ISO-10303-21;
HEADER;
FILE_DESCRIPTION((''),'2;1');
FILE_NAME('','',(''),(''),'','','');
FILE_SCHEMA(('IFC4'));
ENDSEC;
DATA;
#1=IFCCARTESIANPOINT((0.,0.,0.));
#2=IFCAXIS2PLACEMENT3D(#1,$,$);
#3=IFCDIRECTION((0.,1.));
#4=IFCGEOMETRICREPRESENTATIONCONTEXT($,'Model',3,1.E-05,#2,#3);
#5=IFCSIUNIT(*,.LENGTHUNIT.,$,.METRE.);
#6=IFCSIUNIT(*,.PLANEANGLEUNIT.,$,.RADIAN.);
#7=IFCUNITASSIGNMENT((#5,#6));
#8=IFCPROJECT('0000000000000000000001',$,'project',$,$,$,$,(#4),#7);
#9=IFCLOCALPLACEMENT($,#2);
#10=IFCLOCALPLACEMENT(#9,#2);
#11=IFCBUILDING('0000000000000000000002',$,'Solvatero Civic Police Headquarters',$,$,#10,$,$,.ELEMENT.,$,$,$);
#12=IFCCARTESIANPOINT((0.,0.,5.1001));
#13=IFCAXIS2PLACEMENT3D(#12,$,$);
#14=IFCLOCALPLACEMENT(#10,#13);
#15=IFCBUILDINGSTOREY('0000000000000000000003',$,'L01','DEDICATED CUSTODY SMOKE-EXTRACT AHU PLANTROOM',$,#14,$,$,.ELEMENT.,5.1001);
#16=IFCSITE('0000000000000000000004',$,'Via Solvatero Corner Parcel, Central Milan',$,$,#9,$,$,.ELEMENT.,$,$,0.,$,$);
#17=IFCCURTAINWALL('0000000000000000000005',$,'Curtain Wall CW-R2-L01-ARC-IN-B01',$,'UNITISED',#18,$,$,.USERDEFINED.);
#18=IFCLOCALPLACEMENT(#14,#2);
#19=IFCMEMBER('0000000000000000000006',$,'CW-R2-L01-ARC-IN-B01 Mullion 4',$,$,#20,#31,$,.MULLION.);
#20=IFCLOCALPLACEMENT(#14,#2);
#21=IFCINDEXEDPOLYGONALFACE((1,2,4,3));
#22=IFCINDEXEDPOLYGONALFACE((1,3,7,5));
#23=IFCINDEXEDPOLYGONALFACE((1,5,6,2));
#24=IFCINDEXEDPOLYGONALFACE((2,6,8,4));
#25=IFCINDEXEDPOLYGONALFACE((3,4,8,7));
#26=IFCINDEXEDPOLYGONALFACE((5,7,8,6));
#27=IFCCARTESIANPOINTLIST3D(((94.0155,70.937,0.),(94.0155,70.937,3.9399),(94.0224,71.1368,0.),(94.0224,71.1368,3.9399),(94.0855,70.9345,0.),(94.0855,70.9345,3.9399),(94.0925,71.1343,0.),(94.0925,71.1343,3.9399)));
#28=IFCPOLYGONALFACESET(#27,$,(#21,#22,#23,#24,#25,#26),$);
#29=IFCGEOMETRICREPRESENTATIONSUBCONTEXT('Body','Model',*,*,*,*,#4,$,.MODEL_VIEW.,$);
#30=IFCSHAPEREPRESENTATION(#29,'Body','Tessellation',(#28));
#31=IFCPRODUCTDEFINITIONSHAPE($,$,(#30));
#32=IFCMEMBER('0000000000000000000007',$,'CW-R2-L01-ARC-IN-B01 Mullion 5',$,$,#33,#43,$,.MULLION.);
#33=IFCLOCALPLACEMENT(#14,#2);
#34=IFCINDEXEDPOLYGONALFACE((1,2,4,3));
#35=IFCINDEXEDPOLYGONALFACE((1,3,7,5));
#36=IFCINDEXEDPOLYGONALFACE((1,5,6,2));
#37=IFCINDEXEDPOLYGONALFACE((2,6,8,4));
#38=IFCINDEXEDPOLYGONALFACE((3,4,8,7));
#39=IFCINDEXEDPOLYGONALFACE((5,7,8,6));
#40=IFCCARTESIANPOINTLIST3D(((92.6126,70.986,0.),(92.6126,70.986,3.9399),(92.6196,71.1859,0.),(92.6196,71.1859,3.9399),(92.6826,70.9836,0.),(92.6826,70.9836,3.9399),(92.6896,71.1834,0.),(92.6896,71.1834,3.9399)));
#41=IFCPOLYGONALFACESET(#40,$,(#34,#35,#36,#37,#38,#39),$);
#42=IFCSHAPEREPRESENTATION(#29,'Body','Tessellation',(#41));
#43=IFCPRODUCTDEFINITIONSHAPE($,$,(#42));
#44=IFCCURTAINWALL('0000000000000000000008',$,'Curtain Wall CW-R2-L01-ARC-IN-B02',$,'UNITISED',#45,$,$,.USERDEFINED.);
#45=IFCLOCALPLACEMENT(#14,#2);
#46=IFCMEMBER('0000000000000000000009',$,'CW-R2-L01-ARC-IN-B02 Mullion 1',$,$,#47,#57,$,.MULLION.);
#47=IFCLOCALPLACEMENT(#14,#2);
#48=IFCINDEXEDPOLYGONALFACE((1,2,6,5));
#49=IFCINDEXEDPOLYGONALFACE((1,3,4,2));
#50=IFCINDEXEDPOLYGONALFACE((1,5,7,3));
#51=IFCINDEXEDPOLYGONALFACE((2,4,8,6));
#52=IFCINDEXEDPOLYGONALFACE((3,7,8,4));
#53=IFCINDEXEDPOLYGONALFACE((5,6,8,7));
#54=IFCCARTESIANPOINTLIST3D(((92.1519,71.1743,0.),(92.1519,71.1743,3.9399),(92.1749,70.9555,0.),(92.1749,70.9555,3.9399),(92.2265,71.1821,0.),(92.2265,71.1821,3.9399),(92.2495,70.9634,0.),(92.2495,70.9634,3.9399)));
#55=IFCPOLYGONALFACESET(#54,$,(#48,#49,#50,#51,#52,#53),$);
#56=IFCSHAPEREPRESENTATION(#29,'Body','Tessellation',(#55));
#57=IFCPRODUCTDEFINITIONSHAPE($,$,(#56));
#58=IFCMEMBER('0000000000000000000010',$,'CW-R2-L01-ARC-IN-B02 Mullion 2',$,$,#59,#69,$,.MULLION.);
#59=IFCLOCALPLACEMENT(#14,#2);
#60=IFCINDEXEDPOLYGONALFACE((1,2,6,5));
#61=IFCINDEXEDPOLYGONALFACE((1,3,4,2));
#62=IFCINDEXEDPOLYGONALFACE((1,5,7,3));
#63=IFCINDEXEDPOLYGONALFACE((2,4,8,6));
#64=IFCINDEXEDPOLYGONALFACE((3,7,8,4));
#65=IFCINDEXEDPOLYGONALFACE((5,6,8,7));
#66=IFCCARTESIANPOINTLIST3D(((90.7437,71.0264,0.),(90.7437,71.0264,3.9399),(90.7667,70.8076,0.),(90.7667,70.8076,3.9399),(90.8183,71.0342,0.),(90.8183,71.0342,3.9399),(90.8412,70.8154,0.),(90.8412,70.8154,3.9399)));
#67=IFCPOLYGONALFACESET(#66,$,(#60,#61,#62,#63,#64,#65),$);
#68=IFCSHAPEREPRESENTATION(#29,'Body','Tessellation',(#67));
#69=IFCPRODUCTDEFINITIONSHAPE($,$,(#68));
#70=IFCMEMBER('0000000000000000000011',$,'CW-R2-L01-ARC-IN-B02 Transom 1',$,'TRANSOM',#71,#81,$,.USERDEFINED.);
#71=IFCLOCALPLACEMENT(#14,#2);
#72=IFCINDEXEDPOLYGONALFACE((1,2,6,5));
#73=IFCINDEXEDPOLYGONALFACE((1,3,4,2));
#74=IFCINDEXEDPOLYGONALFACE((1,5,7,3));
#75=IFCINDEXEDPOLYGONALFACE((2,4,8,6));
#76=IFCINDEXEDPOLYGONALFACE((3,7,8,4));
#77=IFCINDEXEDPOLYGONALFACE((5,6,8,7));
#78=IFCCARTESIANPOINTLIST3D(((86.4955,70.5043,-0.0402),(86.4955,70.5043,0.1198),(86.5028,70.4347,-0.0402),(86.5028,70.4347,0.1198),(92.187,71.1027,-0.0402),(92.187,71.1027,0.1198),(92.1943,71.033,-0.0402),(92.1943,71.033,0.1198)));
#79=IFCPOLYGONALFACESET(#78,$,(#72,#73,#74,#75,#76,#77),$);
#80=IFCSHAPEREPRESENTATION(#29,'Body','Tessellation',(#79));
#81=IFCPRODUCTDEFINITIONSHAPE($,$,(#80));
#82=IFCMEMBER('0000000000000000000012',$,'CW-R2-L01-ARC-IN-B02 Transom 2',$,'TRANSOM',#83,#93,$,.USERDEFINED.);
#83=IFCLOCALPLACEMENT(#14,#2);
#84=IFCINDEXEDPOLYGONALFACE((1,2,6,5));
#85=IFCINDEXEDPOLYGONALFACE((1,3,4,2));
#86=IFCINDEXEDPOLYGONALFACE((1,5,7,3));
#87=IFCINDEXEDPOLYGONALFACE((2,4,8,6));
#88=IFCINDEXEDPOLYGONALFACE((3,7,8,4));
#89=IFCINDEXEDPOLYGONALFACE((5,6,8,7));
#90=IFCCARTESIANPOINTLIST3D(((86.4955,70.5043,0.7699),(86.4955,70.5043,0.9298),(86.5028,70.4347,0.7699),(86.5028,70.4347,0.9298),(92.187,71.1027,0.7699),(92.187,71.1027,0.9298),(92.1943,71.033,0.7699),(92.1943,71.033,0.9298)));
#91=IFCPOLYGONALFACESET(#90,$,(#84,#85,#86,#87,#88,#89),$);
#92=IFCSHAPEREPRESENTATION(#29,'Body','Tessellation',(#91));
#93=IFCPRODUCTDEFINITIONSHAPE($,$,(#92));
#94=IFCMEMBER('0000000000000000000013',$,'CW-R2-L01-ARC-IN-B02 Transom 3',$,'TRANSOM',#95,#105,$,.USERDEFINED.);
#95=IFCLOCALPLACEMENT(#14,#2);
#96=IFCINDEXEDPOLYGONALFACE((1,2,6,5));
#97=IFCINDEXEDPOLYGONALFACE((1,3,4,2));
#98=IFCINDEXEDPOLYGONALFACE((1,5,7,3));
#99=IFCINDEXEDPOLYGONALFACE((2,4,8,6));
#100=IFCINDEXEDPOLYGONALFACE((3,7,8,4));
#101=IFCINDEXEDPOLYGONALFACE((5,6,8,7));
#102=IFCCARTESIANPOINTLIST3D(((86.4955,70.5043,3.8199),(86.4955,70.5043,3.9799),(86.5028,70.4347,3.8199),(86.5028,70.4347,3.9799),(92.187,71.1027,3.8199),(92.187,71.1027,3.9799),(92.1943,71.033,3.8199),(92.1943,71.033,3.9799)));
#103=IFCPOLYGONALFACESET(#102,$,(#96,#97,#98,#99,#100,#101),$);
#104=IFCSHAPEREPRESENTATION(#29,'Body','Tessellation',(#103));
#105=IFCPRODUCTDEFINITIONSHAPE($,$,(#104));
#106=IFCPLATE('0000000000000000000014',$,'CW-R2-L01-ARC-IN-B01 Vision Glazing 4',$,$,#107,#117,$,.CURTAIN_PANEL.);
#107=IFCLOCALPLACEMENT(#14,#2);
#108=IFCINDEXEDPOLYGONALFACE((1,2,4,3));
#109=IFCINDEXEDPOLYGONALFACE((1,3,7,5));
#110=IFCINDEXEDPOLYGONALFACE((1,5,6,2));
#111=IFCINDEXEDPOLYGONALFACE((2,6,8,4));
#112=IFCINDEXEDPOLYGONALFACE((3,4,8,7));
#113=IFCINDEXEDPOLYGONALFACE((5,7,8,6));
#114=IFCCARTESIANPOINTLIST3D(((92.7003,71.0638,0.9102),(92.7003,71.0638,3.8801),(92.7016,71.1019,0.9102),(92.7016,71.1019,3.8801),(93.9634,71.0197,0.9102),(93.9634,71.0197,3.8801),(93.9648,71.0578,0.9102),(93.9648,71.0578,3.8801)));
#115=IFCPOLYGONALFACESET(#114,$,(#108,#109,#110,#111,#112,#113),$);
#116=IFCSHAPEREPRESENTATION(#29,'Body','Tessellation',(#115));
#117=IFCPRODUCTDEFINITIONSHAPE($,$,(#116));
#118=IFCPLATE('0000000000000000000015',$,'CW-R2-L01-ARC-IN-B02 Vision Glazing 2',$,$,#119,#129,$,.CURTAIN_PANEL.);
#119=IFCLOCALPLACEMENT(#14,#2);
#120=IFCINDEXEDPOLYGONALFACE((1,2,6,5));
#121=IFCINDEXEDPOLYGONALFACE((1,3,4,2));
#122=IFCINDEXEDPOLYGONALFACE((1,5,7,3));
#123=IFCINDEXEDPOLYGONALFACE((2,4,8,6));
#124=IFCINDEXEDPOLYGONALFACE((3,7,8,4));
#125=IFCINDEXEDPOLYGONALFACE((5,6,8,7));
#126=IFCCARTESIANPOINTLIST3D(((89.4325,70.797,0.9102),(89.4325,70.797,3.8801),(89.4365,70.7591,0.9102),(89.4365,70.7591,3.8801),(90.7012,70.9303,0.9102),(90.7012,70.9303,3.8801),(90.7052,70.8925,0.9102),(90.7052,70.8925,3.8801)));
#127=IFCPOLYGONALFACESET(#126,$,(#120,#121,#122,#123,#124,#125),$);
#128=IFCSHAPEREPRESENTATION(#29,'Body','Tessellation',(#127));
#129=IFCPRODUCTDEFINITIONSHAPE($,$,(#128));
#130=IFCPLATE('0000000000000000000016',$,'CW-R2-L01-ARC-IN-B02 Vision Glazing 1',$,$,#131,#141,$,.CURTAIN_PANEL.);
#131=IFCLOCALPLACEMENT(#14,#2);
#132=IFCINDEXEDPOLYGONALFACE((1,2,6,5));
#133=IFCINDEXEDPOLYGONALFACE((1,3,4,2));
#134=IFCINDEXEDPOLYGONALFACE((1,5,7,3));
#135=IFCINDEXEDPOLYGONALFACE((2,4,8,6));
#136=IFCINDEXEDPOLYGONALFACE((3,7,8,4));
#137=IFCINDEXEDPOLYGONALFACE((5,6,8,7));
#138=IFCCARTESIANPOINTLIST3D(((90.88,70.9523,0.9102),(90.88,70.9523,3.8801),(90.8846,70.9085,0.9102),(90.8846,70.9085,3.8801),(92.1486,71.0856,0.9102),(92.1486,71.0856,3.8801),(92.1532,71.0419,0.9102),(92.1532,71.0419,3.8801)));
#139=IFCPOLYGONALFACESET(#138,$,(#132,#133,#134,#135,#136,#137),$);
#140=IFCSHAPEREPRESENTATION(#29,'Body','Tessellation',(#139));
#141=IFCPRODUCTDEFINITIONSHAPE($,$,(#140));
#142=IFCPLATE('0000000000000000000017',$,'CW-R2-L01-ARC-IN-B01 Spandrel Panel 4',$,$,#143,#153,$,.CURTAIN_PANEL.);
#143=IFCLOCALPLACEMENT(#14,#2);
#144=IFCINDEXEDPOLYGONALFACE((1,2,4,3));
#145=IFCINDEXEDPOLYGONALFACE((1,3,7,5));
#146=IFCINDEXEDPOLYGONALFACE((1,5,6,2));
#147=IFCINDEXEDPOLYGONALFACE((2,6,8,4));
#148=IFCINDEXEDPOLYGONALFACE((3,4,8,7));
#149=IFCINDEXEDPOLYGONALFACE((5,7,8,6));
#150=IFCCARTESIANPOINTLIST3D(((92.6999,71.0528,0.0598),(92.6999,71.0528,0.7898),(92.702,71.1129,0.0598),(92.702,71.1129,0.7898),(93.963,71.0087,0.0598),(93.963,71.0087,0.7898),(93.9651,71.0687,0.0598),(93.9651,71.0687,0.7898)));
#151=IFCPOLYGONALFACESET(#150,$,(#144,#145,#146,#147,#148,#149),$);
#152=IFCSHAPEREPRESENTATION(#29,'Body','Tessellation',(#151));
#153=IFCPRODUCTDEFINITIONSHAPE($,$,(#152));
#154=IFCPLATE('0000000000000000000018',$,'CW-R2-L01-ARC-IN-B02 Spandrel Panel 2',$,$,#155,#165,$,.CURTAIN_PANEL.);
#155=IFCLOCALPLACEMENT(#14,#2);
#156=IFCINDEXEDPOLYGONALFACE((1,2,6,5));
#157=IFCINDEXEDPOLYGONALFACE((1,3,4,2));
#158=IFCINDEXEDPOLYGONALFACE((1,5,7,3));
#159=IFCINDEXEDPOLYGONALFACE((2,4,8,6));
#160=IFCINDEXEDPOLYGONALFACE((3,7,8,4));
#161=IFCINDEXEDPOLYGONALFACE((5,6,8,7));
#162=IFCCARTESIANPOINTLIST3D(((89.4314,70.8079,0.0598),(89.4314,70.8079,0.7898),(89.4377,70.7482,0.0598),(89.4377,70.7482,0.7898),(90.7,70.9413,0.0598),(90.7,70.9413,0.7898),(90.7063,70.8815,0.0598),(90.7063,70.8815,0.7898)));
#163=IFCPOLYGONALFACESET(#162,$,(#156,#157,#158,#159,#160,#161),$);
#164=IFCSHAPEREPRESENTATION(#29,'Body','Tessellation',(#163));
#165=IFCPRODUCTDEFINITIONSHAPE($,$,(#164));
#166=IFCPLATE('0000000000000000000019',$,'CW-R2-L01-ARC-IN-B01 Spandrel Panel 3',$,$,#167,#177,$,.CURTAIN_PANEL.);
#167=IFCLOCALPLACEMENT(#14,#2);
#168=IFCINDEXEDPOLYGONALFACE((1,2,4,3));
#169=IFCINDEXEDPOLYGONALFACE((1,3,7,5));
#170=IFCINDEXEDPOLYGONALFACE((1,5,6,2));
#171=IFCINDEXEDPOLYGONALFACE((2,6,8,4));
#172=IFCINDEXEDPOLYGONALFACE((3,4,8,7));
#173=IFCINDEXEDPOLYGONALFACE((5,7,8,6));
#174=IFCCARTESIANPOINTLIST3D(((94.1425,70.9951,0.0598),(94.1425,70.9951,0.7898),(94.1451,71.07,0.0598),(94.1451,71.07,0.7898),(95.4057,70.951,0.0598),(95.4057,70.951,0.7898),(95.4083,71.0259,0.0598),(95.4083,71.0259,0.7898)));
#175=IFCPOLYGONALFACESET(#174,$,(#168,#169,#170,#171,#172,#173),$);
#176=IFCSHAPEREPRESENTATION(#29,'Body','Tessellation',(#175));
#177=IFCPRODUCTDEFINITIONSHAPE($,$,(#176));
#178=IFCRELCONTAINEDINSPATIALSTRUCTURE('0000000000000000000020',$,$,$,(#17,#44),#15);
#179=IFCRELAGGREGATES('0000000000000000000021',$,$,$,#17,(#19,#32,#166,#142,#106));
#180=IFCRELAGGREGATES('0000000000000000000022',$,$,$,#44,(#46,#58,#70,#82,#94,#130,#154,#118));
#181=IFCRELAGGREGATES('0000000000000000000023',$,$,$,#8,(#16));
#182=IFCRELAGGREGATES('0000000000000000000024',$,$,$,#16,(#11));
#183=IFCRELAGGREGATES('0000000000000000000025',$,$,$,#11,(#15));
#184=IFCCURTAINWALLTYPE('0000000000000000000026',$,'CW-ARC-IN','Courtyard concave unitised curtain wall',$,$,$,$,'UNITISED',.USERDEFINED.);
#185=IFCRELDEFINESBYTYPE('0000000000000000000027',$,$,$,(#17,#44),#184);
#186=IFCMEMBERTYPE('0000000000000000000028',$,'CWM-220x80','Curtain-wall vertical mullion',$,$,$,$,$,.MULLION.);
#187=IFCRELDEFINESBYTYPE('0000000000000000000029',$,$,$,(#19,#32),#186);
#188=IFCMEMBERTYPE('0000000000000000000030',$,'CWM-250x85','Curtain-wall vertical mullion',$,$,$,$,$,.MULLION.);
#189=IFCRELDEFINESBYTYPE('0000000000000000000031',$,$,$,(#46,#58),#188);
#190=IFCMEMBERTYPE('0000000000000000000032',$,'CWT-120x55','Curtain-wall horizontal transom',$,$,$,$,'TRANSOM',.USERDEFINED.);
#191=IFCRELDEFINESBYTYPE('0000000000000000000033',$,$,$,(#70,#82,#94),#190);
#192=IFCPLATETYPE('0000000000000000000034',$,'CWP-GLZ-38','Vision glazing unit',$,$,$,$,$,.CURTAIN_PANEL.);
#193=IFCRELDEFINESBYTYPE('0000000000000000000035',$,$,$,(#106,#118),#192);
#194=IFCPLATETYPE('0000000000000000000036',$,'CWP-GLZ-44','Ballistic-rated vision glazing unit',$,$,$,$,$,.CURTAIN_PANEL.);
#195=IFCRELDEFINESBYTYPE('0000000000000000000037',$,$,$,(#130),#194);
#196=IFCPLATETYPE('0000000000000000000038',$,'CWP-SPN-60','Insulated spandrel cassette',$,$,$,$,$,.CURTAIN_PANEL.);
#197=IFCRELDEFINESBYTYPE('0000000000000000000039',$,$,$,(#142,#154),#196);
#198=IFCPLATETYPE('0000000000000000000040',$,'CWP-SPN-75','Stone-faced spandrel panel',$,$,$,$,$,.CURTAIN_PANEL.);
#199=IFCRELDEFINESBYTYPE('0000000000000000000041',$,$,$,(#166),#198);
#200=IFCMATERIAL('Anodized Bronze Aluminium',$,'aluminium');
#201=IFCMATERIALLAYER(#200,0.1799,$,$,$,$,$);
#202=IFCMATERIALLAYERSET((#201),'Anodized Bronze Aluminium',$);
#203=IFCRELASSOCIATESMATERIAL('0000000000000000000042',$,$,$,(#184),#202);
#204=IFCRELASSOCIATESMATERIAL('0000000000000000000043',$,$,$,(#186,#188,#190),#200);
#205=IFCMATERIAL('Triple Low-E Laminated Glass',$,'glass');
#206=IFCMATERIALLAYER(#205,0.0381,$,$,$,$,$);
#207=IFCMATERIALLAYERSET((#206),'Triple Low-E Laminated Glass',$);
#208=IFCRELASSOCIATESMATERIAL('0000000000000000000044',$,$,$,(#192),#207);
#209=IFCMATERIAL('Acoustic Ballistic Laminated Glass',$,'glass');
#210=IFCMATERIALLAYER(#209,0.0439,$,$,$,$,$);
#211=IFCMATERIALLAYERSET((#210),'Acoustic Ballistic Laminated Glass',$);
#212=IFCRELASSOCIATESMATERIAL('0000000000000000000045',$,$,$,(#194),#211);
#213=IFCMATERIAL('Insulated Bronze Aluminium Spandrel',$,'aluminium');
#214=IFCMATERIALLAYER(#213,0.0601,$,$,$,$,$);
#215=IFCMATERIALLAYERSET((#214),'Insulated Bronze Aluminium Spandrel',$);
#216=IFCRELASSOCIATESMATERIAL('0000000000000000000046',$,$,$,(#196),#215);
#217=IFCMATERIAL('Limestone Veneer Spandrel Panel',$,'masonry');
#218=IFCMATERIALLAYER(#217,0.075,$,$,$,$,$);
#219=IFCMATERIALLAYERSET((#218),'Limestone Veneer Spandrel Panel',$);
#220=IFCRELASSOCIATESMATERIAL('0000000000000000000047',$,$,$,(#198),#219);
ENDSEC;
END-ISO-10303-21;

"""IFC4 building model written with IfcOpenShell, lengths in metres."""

from ifc_helpers import new_model, si_unit, direction, frame, origin, origin_2d, place, context, subcontext, project, spatial, rectangle, extrude, material, layer, layer_set, material_profile, profile_set, type_object, element, aggregate, save


model = new_model("IFC4")

# Units and contexts
model_context = context("Model", 3, precision=1e-05, world=origin(), true_north=direction((0.0, 1.0)))
body_context = subcontext(model_context, "Body", "Model", "MODEL_VIEW")
ifc_project = project(units=[si_unit("LENGTHUNIT", "METRE"), si_unit("PLANEANGLEUNIT", "RADIAN")], contexts=[model_context])

# Site, building, storey
site_placement = place(None, origin())
site = spatial("IfcSite", under=ifc_project, at=site_placement, Name="Via Solvatero Corner Parcel, Central Milan", CompositionType="ELEMENT", RefElevation=0.0)
building_placement = place(site_placement, origin())
building = spatial("IfcBuilding", under=site, at=building_placement, Name="Solvatero Civic Police Headquarters", CompositionType="ELEMENT")
storey_placement = place(building_placement, frame((0.0, 0.0, 5.1001)))
storey = spatial("IfcBuildingStorey", under=building, at=storey_placement, Name="L01", Description="DEDICATED CUSTODY SMOKE-EXTRACT AHU PLANTROOM", CompositionType="ELEMENT", Elevation=5.1001)

# Curtain walls, members
ifc_material_1 = material(Name="Anodized Bronze Aluminium", Category="aluminium")
ifc_layer_1 = layer(ifc_material_1, 0.1799)
ifc_layer_set_1 = layer_set([ifc_layer_1], Name="Anodized Bronze Aluminium")
curtain_wall_type = type_object("IfcCurtainWallType", Name="CW-ARC-IN", Description="Courtyard concave unitised curtain wall", ElementType="UNITISED", PredefinedType="USERDEFINED", material=ifc_layer_set_1)
curtain_wall_1_placement = place(storey_placement, origin())
curtain_wall_1 = element("IfcCurtainWall", 1, at=curtain_wall_1_placement, inside=storey, type_object=curtain_wall_type, Name="Curtain Wall CW-R2-L01-ARC-IN-B01", ObjectType="UNITISED", PredefinedType="USERDEFINED")
ifc_material_profile_1 = material_profile(ifc_material_1, rectangle(XDim=0.0701, YDim=0.2, at=origin_2d()), Name="ALU MULLION 70x200")
ifc_profile_set_1 = profile_set([ifc_material_profile_1], Name="Anodized Bronze Aluminium")
member_type_1 = type_object("IfcMemberType", Name="CWM-220x80", Description="Curtain-wall vertical mullion", PredefinedType="MULLION", material=ifc_profile_set_1)
member_1_placement = place(storey_placement, frame((94.054, 71.0356, 0.0), z_axis=(0.0, 0.0, 1.0), x_axis=(-0.999391, 0.034899, 0.0)))
member_1 = element("IfcMember", 2, at=member_1_placement, type_object=member_type_1, Name="CW-R2-L01-ARC-IN-B01 Mullion 4", PredefinedType="MULLION", context=body_context, shape_type="SweptSolid", body=[
    extrude(rectangle(XDim=0.0701, YDim=0.2, at=origin_2d()), origin(), (0.0, 0.0, 1.0), 3.9399),
])
member_2_placement = place(storey_placement, frame((92.6511, 71.0847, 0.0), z_axis=(0.0, 0.0, 1.0), x_axis=(-0.999391, 0.034899, 0.0)))
member_2 = element("IfcMember", 3, at=member_2_placement, type_object=member_type_1, Name="CW-R2-L01-ARC-IN-B01 Mullion 5", PredefinedType="MULLION", context=body_context, shape_type="SweptSolid", body=[
    extrude(rectangle(XDim=0.0701, YDim=0.2, at=origin_2d()), origin(), (0.0, 0.0, 1.0), 3.9399),
])
curtain_wall_2_placement = place(storey_placement, origin())
curtain_wall_2 = element("IfcCurtainWall", 4, at=curtain_wall_2_placement, inside=storey, type_object=curtain_wall_type, Name="Curtain Wall CW-R2-L01-ARC-IN-B02", ObjectType="UNITISED", PredefinedType="USERDEFINED")
ifc_material_profile_2 = material_profile(ifc_material_1, rectangle(XDim=0.075, YDim=0.22, at=origin_2d()), Name="ALU MULLION 75x220")
ifc_profile_set_2 = profile_set([ifc_material_profile_2], Name="Anodized Bronze Aluminium")
member_type_2 = type_object("IfcMemberType", Name="CWM-250x85", Description="Curtain-wall vertical mullion", PredefinedType="MULLION", material=ifc_profile_set_2)
member_3_placement = place(storey_placement, frame((92.2007, 71.0688, 0.0), z_axis=(0.0, 0.0, 1.0), x_axis=(-0.994522, -0.104528, 0.0)))
member_3 = element("IfcMember", 5, at=member_3_placement, type_object=member_type_2, Name="CW-R2-L01-ARC-IN-B02 Mullion 1", PredefinedType="MULLION", context=body_context, shape_type="SweptSolid", body=[
    extrude(rectangle(XDim=0.075, YDim=0.22, at=origin_2d()), origin(), (0.0, 0.0, 1.0), 3.9399),
])
member_4_placement = place(storey_placement, frame((90.7925, 70.9209, 0.0), z_axis=(0.0, 0.0, 1.0), x_axis=(-0.994522, -0.104528, 0.0)))
member_4 = element("IfcMember", 6, at=member_4_placement, type_object=member_type_2, Name="CW-R2-L01-ARC-IN-B02 Mullion 2", PredefinedType="MULLION", context=body_context, shape_type="SweptSolid", body=[
    extrude(rectangle(XDim=0.075, YDim=0.22, at=origin_2d()), origin(), (0.0, 0.0, 1.0), 3.9399),
])
ifc_material_profile_3 = material_profile(ifc_material_1, rectangle(XDim=0.0701, YDim=0.1599, at=origin_2d()), Name="ALU TRANSOM 70x160")
ifc_profile_set_3 = profile_set([ifc_material_profile_3], Name="Anodized Bronze Aluminium")
member_type_3 = type_object("IfcMemberType", Name="CWT-120x55", Description="Curtain-wall horizontal transom", ElementType="TRANSOM", PredefinedType="USERDEFINED", material=ifc_profile_set_3)
member_5_placement = place(storey_placement, frame((92.1907, 71.0679, 0.0398), z_axis=(-0.994519, -0.104558, 0.0), x_axis=(0.104558, -0.994519, 0.0)))
member_5 = element("IfcMember", 7, at=member_5_placement, type_object=member_type_3, Name="CW-R2-L01-ARC-IN-B02 Transom 1", ObjectType="TRANSOM", PredefinedType="USERDEFINED", context=body_context, shape_type="SweptSolid", body=[
    extrude(rectangle(XDim=0.0701, YDim=0.1599, at=origin_2d()), origin(), (0.0, 0.0, 1.0), 5.7229),
])
member_6_placement = place(storey_placement, frame((92.1907, 71.0679, 0.8499), z_axis=(-0.994519, -0.104558, 0.0), x_axis=(0.104558, -0.994519, 0.0)))
member_6 = element("IfcMember", 8, at=member_6_placement, type_object=member_type_3, Name="CW-R2-L01-ARC-IN-B02 Transom 2", ObjectType="TRANSOM", PredefinedType="USERDEFINED", context=body_context, shape_type="SweptSolid", body=[
    extrude(rectangle(XDim=0.0701, YDim=0.1599, at=origin_2d()), origin(), (0.0, 0.0, 1.0), 5.7229),
])
member_7_placement = place(storey_placement, frame((92.1907, 71.0679, 3.8999), z_axis=(-0.994519, -0.104558, 0.0), x_axis=(0.104558, -0.994519, 0.0)))
member_7 = element("IfcMember", 9, at=member_7_placement, type_object=member_type_3, Name="CW-R2-L01-ARC-IN-B02 Transom 3", ObjectType="TRANSOM", PredefinedType="USERDEFINED", context=body_context, shape_type="SweptSolid", body=[
    extrude(rectangle(XDim=0.0701, YDim=0.1599, at=origin_2d()), origin(), (0.0, 0.0, 1.0), 5.7229),
])

# Plates
ifc_material_2 = material(Name="Triple Low-E Laminated Glass", Category="glass")
ifc_layer_2 = layer(ifc_material_2, 0.0381)
ifc_layer_set_2 = layer_set([ifc_layer_2], Name="Triple Low-E Laminated Glass")
plate_type_1 = type_object("IfcPlateType", Name="CWP-GLZ-38", Description="Vision glazing unit", PredefinedType="CURTAIN_PANEL", material=ifc_layer_set_2)
plate_1_placement = place(storey_placement, frame((93.3325, 71.0608, 0.9102), z_axis=(0.0, 0.0, 1.0), x_axis=(-0.999391, 0.034899, 0.0)))
plate_1 = element("IfcPlate", 10, at=plate_1_placement, type_object=plate_type_1, Name="CW-R2-L01-ARC-IN-B01 Vision Glazing 4", PredefinedType="CURTAIN_PANEL", context=body_context, shape_type="SweptSolid", body=[
    extrude(rectangle(XDim=1.2639, YDim=0.0381, at=origin_2d()), origin(), (0.0, 0.0, 1.0), 2.97),
])
plate_2_placement = place(storey_placement, frame((90.0688, 70.8447, 0.9102), z_axis=(0.0, 0.0, 1.0), x_axis=(-0.994522, -0.104528, 0.0)))
plate_2 = element("IfcPlate", 11, at=plate_2_placement, type_object=plate_type_1, Name="CW-R2-L01-ARC-IN-B02 Vision Glazing 2", PredefinedType="CURTAIN_PANEL", context=body_context, shape_type="SweptSolid", body=[
    extrude(rectangle(XDim=1.2756, YDim=0.0381, at=origin_2d()), origin(), (0.0, 0.0, 1.0), 2.97),
])
ifc_material_3 = material(Name="Acoustic Ballistic Laminated Glass", Category="glass")
ifc_layer_3 = layer(ifc_material_3, 0.0439)
ifc_layer_set_3 = layer_set([ifc_layer_3], Name="Acoustic Ballistic Laminated Glass")
plate_type_2 = type_object("IfcPlateType", Name="CWP-GLZ-44", Description="Ballistic-rated vision glazing unit", PredefinedType="CURTAIN_PANEL", material=ifc_layer_set_3)
plate_3_placement = place(storey_placement, frame((91.5166, 70.9971, 0.9102), z_axis=(0.0, 0.0, 1.0), x_axis=(-0.994522, -0.104528, 0.0)))
plate_3 = element("IfcPlate", 12, at=plate_3_placement, type_object=plate_type_2, Name="CW-R2-L01-ARC-IN-B02 Vision Glazing 1", PredefinedType="CURTAIN_PANEL", context=body_context, shape_type="SweptSolid", body=[
    extrude(rectangle(XDim=1.2756, YDim=0.0439, at=origin_2d()), origin(), (0.0, 0.0, 1.0), 2.97),
])
ifc_material_4 = material(Name="Insulated Bronze Aluminium Spandrel", Category="aluminium")
ifc_layer_4 = layer(ifc_material_4, 0.0601)
ifc_layer_set_4 = layer_set([ifc_layer_4], Name="Insulated Bronze Aluminium Spandrel")
plate_type_3 = type_object("IfcPlateType", Name="CWP-SPN-60", Description="Insulated spandrel cassette", PredefinedType="CURTAIN_PANEL", material=ifc_layer_set_4)
plate_4_placement = place(storey_placement, frame((93.3325, 71.0608, 0.0598), z_axis=(0.0, 0.0, 1.0), x_axis=(-0.999391, 0.034899, 0.0)))
plate_4 = element("IfcPlate", 13, at=plate_4_placement, type_object=plate_type_3, Name="CW-R2-L01-ARC-IN-B01 Spandrel Panel 4", PredefinedType="CURTAIN_PANEL", context=body_context, shape_type="SweptSolid", body=[
    extrude(rectangle(XDim=1.2639, YDim=0.0601, at=origin_2d()), origin(), (0.0, 0.0, 1.0), 0.73),
])
plate_5_placement = place(storey_placement, frame((90.0688, 70.8447, 0.0598), z_axis=(0.0, 0.0, 1.0), x_axis=(-0.994522, -0.104528, 0.0)))
plate_5 = element("IfcPlate", 14, at=plate_5_placement, type_object=plate_type_3, Name="CW-R2-L01-ARC-IN-B02 Spandrel Panel 2", PredefinedType="CURTAIN_PANEL", context=body_context, shape_type="SweptSolid", body=[
    extrude(rectangle(XDim=1.2756, YDim=0.0601, at=origin_2d()), origin(), (0.0, 0.0, 1.0), 0.73),
])
ifc_material_5 = material(Name="Limestone Veneer Spandrel Panel", Category="masonry")
ifc_layer_5 = layer(ifc_material_5, 0.075)
ifc_layer_set_5 = layer_set([ifc_layer_5], Name="Limestone Veneer Spandrel Panel")
plate_type_4 = type_object("IfcPlateType", Name="CWP-SPN-75", Description="Stone-faced spandrel panel", PredefinedType="CURTAIN_PANEL", material=ifc_layer_set_5)
plate_6_placement = place(storey_placement, frame((94.7754, 71.0105, 0.0598), z_axis=(0.0, 0.0, 1.0), x_axis=(-0.999391, 0.034899, 0.0)))
plate_6 = element("IfcPlate", 15, at=plate_6_placement, type_object=plate_type_4, Name="CW-R2-L01-ARC-IN-B01 Spandrel Panel 3", PredefinedType="CURTAIN_PANEL", context=body_context, shape_type="SweptSolid", body=[
    extrude(rectangle(XDim=1.2639, YDim=0.075, at=origin_2d()), origin(), (0.0, 0.0, 1.0), 0.73),
])
aggregate(curtain_wall_1, [member_1, member_2, plate_6, plate_4, plate_1])
aggregate(curtain_wall_2, [member_3, member_4, member_5, member_6, member_7, plate_3, plate_5, plate_2])

save(model, "model.ifc")
